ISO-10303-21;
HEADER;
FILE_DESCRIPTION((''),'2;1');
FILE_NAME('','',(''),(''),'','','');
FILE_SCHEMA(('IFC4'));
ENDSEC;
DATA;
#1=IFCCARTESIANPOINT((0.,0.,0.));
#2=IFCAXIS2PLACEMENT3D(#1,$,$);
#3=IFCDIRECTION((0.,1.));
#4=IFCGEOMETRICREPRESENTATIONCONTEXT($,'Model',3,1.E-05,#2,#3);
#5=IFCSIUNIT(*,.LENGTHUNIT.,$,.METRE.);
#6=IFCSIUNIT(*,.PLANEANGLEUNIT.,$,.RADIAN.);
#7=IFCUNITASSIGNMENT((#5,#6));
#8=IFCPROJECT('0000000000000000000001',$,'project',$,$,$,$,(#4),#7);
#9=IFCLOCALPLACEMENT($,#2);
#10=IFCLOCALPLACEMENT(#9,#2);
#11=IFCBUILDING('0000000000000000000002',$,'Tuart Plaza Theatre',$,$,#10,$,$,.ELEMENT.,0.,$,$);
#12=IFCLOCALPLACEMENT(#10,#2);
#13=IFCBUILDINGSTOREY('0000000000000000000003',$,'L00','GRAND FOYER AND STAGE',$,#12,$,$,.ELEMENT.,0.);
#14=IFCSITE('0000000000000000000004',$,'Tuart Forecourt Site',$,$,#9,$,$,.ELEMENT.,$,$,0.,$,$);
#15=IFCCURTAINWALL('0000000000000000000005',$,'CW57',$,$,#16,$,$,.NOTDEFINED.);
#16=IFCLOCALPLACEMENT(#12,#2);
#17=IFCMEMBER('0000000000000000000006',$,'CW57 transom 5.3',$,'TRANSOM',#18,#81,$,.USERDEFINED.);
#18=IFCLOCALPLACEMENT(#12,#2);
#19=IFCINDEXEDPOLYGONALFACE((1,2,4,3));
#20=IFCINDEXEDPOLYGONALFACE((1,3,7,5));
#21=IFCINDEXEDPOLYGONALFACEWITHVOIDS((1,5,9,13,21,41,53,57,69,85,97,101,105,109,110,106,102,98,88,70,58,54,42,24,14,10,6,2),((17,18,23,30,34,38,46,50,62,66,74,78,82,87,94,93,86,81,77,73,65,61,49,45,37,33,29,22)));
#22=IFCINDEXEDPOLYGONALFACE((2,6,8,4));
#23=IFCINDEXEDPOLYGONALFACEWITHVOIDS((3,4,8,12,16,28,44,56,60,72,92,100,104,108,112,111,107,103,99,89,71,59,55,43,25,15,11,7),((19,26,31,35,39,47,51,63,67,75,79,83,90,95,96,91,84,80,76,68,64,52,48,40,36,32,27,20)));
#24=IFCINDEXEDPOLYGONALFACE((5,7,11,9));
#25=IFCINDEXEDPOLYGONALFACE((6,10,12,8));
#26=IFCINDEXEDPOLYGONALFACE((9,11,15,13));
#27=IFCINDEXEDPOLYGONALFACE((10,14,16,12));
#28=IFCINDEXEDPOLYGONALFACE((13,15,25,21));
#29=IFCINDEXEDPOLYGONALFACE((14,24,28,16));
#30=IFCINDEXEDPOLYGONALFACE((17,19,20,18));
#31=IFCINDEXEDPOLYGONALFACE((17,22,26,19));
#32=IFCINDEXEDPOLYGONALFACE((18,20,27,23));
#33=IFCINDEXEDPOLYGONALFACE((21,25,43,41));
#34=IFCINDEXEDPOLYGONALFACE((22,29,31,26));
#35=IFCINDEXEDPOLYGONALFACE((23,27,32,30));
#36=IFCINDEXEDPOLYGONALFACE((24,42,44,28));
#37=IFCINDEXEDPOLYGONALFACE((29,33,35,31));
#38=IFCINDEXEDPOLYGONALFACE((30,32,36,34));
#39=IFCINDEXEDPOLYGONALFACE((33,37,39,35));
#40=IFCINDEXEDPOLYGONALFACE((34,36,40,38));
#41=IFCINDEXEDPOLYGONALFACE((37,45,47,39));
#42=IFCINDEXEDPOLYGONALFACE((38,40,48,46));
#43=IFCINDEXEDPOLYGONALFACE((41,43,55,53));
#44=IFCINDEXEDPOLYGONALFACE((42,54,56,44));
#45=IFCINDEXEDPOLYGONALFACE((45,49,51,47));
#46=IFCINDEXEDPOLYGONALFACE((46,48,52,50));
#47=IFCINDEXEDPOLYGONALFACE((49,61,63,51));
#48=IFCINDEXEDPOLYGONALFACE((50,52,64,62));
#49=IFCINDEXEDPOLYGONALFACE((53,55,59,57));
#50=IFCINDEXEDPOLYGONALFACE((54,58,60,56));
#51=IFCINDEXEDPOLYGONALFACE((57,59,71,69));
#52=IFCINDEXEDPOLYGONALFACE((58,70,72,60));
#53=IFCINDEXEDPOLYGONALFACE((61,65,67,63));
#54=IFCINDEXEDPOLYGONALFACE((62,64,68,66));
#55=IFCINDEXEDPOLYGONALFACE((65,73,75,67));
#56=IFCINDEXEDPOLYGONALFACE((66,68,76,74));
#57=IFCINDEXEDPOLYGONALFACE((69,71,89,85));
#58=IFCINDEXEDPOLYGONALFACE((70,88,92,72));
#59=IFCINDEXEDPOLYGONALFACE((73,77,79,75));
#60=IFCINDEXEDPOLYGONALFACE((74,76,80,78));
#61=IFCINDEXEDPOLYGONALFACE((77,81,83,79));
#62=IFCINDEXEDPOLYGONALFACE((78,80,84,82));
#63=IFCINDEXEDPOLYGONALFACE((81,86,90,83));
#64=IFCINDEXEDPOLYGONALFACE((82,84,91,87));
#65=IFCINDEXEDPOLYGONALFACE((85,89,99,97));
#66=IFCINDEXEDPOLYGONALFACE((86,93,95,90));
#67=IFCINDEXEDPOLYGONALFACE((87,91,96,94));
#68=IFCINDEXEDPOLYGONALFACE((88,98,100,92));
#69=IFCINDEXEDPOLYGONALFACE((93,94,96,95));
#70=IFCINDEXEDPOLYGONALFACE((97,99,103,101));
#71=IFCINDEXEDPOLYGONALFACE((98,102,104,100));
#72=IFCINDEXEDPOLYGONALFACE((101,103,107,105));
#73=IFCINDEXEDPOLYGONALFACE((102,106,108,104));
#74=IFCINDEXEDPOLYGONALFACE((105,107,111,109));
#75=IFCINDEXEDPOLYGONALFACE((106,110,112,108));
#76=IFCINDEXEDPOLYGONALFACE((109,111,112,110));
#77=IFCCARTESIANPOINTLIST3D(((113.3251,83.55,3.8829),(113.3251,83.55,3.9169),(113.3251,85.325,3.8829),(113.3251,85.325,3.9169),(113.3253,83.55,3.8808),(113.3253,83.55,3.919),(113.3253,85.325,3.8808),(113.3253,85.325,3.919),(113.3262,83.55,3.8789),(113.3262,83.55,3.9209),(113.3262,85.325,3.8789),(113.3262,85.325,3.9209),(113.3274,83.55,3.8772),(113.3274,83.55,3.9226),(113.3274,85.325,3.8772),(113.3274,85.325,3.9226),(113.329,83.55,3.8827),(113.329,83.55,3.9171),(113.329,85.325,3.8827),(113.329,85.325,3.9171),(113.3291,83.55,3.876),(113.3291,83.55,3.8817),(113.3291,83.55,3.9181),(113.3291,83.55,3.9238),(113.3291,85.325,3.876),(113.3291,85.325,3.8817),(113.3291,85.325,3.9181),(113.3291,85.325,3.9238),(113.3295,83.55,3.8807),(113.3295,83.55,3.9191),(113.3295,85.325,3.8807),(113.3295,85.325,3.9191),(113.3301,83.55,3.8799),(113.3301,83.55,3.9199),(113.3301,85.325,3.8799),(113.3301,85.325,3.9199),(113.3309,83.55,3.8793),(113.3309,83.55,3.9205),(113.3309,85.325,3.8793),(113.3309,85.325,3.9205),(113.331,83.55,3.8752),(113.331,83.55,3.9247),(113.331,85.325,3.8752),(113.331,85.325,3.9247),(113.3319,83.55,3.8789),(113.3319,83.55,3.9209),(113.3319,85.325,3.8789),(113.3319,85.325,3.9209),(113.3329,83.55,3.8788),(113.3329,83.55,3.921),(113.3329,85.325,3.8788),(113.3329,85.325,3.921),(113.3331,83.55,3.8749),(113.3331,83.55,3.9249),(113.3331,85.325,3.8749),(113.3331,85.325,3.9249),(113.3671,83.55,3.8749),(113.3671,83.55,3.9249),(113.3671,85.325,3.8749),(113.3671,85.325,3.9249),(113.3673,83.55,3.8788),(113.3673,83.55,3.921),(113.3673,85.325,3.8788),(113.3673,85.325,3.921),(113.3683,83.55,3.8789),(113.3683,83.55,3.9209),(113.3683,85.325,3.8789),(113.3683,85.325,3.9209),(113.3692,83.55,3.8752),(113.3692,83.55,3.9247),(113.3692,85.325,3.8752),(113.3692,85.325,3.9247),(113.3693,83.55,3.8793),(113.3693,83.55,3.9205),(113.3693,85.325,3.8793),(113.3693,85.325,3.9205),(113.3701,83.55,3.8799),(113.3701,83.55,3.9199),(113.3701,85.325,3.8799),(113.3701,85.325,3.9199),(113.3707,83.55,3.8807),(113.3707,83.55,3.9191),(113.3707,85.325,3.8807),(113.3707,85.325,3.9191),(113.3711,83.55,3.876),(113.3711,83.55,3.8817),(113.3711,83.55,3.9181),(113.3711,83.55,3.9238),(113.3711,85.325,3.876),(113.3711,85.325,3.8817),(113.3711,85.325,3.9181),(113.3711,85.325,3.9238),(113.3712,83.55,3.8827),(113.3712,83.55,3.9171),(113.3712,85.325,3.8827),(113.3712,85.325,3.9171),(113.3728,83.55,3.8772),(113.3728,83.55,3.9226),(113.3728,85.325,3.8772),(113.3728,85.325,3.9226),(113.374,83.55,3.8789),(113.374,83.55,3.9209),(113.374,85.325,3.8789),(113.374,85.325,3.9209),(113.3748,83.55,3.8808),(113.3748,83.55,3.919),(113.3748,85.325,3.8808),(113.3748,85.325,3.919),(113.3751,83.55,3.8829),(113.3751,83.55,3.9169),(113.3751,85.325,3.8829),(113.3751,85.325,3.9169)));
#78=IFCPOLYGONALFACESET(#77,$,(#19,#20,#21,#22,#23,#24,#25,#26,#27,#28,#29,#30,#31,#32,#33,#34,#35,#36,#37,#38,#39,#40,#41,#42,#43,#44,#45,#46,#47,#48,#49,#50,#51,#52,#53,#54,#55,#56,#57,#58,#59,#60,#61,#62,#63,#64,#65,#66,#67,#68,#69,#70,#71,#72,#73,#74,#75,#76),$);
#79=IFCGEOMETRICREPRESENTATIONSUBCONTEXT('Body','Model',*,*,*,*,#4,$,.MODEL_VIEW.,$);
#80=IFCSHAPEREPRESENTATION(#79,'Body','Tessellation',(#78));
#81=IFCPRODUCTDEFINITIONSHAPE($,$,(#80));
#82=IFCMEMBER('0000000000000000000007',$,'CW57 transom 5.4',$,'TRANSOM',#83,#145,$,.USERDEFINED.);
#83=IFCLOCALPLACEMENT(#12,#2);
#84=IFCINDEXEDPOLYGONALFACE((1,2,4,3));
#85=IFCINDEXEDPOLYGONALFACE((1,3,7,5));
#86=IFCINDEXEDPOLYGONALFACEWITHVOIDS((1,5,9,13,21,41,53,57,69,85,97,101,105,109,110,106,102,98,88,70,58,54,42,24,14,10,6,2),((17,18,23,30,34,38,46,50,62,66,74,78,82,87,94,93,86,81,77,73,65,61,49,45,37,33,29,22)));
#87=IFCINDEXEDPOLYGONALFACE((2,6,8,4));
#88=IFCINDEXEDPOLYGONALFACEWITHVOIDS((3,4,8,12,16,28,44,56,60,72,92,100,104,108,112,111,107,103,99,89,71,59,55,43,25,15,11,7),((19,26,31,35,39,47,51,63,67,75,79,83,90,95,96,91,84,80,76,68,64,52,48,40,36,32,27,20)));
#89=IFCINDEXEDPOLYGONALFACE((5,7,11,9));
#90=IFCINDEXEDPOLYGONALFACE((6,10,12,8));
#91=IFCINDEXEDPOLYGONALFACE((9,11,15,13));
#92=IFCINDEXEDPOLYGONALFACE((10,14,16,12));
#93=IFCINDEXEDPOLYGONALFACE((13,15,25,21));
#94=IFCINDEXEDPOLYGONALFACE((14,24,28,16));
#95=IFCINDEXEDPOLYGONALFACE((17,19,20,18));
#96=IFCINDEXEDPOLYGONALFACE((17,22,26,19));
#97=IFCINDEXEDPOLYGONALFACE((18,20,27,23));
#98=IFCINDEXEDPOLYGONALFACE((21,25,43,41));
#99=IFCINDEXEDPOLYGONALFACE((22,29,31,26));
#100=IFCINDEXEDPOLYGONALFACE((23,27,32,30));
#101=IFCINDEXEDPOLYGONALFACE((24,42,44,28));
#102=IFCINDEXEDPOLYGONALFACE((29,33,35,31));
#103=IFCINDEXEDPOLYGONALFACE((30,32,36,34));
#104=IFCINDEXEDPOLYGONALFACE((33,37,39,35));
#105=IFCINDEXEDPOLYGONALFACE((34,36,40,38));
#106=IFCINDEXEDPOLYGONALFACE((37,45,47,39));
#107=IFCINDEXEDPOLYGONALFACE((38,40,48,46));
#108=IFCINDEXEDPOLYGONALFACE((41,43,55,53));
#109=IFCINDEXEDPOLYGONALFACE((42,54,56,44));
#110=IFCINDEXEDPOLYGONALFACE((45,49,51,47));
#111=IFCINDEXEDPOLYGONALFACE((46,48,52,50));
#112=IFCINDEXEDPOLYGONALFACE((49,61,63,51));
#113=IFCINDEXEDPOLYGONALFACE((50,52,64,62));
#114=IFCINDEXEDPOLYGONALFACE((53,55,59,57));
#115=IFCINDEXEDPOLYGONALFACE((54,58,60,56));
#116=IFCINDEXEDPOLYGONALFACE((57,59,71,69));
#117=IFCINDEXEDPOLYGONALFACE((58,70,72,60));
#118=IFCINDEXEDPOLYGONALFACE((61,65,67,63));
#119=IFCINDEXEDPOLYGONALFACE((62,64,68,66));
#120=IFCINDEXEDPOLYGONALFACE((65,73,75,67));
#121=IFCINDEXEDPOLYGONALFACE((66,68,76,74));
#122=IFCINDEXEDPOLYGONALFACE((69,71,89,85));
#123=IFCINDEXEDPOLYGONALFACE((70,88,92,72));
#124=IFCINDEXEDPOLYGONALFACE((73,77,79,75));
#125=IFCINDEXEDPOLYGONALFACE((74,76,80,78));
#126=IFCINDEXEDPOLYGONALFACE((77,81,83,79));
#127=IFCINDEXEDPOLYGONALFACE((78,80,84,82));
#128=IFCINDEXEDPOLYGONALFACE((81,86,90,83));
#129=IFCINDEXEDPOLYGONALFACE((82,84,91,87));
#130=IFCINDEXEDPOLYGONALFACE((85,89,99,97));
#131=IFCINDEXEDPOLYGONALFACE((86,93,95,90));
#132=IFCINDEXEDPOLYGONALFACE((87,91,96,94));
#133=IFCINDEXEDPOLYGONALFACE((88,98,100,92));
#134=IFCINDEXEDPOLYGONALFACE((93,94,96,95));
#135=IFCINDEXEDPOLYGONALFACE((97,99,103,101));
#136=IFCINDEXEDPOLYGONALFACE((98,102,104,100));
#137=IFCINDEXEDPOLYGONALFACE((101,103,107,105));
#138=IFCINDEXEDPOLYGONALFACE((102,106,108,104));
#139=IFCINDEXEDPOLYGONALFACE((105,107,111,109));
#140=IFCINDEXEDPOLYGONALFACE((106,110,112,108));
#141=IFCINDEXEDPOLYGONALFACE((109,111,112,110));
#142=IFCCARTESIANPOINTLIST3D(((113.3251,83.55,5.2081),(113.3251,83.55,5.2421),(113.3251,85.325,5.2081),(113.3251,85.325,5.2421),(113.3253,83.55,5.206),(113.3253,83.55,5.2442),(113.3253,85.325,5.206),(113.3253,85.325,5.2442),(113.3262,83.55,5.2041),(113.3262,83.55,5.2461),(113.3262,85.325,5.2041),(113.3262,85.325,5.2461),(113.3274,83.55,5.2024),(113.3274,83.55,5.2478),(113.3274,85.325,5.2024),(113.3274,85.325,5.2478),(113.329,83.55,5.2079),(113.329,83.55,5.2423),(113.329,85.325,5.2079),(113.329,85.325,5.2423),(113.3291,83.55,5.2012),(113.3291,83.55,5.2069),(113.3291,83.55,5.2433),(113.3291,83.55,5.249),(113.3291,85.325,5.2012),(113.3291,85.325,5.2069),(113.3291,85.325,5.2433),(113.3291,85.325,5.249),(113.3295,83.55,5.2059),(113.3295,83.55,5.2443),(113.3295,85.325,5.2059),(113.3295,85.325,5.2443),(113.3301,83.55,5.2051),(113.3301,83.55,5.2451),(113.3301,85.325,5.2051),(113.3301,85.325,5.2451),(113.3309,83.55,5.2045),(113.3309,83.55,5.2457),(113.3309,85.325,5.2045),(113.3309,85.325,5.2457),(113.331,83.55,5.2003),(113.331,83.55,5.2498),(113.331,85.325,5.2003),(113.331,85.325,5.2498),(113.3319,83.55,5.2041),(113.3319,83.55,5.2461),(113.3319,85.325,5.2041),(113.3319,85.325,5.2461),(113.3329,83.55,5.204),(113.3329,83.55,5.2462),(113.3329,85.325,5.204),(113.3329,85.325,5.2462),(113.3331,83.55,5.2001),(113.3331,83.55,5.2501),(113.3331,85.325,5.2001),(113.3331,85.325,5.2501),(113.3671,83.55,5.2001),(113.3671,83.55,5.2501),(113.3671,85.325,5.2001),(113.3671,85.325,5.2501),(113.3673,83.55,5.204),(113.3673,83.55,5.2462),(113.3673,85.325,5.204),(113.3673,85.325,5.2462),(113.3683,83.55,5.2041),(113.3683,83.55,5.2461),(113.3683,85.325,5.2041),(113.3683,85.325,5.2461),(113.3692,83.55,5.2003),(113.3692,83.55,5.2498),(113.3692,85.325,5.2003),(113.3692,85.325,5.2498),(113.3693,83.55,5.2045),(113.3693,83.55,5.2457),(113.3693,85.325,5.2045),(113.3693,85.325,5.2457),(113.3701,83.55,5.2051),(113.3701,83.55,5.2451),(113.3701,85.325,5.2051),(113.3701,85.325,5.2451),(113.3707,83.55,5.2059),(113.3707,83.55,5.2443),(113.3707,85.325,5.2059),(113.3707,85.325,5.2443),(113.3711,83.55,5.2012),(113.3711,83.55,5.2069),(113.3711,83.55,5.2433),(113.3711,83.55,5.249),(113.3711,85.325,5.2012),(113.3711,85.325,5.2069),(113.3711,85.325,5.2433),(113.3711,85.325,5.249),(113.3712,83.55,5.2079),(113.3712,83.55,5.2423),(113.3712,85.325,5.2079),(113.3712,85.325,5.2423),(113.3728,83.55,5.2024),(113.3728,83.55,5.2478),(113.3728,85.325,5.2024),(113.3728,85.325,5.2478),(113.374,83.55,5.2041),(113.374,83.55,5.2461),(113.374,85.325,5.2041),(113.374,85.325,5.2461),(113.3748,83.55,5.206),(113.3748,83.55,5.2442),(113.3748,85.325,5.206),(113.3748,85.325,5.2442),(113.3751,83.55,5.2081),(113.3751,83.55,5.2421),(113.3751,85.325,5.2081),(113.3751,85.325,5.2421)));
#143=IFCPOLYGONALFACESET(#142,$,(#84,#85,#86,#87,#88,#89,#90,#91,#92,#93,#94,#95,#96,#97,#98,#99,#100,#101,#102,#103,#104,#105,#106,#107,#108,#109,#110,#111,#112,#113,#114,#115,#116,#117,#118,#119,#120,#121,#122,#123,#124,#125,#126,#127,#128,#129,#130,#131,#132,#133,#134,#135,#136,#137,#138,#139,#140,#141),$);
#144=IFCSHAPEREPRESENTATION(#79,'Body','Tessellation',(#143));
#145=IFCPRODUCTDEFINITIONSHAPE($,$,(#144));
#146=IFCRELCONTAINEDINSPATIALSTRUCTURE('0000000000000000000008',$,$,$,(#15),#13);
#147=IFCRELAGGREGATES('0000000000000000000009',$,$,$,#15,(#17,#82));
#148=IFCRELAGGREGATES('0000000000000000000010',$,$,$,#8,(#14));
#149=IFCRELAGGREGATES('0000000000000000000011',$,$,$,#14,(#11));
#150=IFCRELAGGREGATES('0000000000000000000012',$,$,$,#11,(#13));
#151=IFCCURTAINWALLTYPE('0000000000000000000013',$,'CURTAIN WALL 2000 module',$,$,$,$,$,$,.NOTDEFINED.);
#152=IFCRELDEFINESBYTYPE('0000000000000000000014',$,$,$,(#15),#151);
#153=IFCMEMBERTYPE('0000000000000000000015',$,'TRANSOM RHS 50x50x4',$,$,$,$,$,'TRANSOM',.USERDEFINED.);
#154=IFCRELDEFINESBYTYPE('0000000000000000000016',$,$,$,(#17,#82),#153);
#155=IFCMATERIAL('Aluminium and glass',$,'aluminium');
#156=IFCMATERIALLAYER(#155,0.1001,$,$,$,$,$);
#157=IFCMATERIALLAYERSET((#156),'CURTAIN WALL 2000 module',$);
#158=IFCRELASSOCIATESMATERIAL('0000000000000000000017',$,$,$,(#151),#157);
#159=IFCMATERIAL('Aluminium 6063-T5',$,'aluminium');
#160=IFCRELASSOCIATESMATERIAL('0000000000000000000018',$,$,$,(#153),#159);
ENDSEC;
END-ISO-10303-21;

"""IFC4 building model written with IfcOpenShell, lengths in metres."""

from ifc_helpers import new_model, si_unit, direction, frame, origin, origin_2d, place, context, subcontext, project, spatial, hollow_rectangle, extrude, material, layer, layer_set, material_profile, profile_set, type_object, element, aggregate, save


model = new_model("IFC4")

# Units and contexts
model_context = context("Model", 3, precision=1e-05, world=origin(), true_north=direction((0.0, 1.0)))
body_context = subcontext(model_context, "Body", "Model", "MODEL_VIEW")
ifc_project = project(units=[si_unit("LENGTHUNIT", "METRE"), si_unit("PLANEANGLEUNIT", "RADIAN")], contexts=[model_context])

# Site, building, storey
site_placement = place(None, origin())
site = spatial("IfcSite", under=ifc_project, at=site_placement, Name="Tuart Forecourt Site", CompositionType="ELEMENT", RefElevation=0.0)
building_placement = place(site_placement, origin())
building = spatial("IfcBuilding", under=site, at=building_placement, Name="Tuart Plaza Theatre", CompositionType="ELEMENT", ElevationOfRefHeight=0.0)
storey_placement = place(building_placement, origin())
storey = spatial("IfcBuildingStorey", under=building, at=storey_placement, Name="L00", Description="GRAND FOYER AND STAGE", CompositionType="ELEMENT", Elevation=0.0)

# Curtain wall
ifc_material_1 = material(Name="Aluminium and glass", Category="aluminium")
ifc_layer_1 = layer(ifc_material_1, 0.1001)
ifc_layer_set_1 = layer_set([ifc_layer_1], Name="CURTAIN WALL 2000 module")
curtain_wall_type = type_object("IfcCurtainWallType", Name="CURTAIN WALL 2000 module", PredefinedType="NOTDEFINED", material=ifc_layer_set_1)
curtain_wall_1_placement = place(storey_placement, origin())
curtain_wall_1 = element("IfcCurtainWall", 1, at=curtain_wall_1_placement, inside=storey, type_object=curtain_wall_type, Name="CW57", PredefinedType="NOTDEFINED")

# Members
ifc_material_2 = material(Name="Aluminium 6063-T5", Category="aluminium")
ifc_material_profile_1 = material_profile(ifc_material_2, hollow_rectangle(XDim=0.05, YDim=0.05, WallThickness=0.0039, InnerFilletRadius=0.0039, OuterFilletRadius=0.0081, at=origin_2d()), Name="RHS 50x50x4")
ifc_profile_set_1 = profile_set([ifc_material_profile_1], Name="Aluminium 6063-T5")
member_type_1 = type_object("IfcMemberType", Name="TRANSOM RHS 50x50x4", ElementType="TRANSOM", PredefinedType="USERDEFINED", material=ifc_profile_set_1)
member_1_placement = place(storey_placement, frame((113.3501, 85.325, 3.8999), z_axis=(0.0, -1.0, 0.0), x_axis=(1.0, 0.0, 0.0)))
member_1 = element("IfcMember", 2, at=member_1_placement, type_object=member_type_1, Name="CW57 transom 5.3", ObjectType="TRANSOM", PredefinedType="USERDEFINED", context=body_context, shape_type="SweptSolid", body=[
    extrude(hollow_rectangle(XDim=0.05, YDim=0.05, WallThickness=0.0039, InnerFilletRadius=0.0039, OuterFilletRadius=0.0081, at=origin_2d()), origin(), (0.0, 0.0, 1.0), 1.7749),
])
member_2_placement = place(storey_placement, frame((113.3501, 85.325, 5.2251), z_axis=(0.0, -1.0, 0.0), x_axis=(1.0, 0.0, 0.0)))
member_2 = element("IfcMember", 3, at=member_2_placement, type_object=member_type_1, Name="CW57 transom 5.4", ObjectType="TRANSOM", PredefinedType="USERDEFINED", context=body_context, shape_type="SweptSolid", body=[
    extrude(hollow_rectangle(XDim=0.05, YDim=0.05, WallThickness=0.0039, InnerFilletRadius=0.0039, OuterFilletRadius=0.0081, at=origin_2d()), origin(), (0.0, 0.0, 1.0), 1.7749),
])

aggregate(curtain_wall_1, [member_1, member_2])

save(model, "model.ifc")
